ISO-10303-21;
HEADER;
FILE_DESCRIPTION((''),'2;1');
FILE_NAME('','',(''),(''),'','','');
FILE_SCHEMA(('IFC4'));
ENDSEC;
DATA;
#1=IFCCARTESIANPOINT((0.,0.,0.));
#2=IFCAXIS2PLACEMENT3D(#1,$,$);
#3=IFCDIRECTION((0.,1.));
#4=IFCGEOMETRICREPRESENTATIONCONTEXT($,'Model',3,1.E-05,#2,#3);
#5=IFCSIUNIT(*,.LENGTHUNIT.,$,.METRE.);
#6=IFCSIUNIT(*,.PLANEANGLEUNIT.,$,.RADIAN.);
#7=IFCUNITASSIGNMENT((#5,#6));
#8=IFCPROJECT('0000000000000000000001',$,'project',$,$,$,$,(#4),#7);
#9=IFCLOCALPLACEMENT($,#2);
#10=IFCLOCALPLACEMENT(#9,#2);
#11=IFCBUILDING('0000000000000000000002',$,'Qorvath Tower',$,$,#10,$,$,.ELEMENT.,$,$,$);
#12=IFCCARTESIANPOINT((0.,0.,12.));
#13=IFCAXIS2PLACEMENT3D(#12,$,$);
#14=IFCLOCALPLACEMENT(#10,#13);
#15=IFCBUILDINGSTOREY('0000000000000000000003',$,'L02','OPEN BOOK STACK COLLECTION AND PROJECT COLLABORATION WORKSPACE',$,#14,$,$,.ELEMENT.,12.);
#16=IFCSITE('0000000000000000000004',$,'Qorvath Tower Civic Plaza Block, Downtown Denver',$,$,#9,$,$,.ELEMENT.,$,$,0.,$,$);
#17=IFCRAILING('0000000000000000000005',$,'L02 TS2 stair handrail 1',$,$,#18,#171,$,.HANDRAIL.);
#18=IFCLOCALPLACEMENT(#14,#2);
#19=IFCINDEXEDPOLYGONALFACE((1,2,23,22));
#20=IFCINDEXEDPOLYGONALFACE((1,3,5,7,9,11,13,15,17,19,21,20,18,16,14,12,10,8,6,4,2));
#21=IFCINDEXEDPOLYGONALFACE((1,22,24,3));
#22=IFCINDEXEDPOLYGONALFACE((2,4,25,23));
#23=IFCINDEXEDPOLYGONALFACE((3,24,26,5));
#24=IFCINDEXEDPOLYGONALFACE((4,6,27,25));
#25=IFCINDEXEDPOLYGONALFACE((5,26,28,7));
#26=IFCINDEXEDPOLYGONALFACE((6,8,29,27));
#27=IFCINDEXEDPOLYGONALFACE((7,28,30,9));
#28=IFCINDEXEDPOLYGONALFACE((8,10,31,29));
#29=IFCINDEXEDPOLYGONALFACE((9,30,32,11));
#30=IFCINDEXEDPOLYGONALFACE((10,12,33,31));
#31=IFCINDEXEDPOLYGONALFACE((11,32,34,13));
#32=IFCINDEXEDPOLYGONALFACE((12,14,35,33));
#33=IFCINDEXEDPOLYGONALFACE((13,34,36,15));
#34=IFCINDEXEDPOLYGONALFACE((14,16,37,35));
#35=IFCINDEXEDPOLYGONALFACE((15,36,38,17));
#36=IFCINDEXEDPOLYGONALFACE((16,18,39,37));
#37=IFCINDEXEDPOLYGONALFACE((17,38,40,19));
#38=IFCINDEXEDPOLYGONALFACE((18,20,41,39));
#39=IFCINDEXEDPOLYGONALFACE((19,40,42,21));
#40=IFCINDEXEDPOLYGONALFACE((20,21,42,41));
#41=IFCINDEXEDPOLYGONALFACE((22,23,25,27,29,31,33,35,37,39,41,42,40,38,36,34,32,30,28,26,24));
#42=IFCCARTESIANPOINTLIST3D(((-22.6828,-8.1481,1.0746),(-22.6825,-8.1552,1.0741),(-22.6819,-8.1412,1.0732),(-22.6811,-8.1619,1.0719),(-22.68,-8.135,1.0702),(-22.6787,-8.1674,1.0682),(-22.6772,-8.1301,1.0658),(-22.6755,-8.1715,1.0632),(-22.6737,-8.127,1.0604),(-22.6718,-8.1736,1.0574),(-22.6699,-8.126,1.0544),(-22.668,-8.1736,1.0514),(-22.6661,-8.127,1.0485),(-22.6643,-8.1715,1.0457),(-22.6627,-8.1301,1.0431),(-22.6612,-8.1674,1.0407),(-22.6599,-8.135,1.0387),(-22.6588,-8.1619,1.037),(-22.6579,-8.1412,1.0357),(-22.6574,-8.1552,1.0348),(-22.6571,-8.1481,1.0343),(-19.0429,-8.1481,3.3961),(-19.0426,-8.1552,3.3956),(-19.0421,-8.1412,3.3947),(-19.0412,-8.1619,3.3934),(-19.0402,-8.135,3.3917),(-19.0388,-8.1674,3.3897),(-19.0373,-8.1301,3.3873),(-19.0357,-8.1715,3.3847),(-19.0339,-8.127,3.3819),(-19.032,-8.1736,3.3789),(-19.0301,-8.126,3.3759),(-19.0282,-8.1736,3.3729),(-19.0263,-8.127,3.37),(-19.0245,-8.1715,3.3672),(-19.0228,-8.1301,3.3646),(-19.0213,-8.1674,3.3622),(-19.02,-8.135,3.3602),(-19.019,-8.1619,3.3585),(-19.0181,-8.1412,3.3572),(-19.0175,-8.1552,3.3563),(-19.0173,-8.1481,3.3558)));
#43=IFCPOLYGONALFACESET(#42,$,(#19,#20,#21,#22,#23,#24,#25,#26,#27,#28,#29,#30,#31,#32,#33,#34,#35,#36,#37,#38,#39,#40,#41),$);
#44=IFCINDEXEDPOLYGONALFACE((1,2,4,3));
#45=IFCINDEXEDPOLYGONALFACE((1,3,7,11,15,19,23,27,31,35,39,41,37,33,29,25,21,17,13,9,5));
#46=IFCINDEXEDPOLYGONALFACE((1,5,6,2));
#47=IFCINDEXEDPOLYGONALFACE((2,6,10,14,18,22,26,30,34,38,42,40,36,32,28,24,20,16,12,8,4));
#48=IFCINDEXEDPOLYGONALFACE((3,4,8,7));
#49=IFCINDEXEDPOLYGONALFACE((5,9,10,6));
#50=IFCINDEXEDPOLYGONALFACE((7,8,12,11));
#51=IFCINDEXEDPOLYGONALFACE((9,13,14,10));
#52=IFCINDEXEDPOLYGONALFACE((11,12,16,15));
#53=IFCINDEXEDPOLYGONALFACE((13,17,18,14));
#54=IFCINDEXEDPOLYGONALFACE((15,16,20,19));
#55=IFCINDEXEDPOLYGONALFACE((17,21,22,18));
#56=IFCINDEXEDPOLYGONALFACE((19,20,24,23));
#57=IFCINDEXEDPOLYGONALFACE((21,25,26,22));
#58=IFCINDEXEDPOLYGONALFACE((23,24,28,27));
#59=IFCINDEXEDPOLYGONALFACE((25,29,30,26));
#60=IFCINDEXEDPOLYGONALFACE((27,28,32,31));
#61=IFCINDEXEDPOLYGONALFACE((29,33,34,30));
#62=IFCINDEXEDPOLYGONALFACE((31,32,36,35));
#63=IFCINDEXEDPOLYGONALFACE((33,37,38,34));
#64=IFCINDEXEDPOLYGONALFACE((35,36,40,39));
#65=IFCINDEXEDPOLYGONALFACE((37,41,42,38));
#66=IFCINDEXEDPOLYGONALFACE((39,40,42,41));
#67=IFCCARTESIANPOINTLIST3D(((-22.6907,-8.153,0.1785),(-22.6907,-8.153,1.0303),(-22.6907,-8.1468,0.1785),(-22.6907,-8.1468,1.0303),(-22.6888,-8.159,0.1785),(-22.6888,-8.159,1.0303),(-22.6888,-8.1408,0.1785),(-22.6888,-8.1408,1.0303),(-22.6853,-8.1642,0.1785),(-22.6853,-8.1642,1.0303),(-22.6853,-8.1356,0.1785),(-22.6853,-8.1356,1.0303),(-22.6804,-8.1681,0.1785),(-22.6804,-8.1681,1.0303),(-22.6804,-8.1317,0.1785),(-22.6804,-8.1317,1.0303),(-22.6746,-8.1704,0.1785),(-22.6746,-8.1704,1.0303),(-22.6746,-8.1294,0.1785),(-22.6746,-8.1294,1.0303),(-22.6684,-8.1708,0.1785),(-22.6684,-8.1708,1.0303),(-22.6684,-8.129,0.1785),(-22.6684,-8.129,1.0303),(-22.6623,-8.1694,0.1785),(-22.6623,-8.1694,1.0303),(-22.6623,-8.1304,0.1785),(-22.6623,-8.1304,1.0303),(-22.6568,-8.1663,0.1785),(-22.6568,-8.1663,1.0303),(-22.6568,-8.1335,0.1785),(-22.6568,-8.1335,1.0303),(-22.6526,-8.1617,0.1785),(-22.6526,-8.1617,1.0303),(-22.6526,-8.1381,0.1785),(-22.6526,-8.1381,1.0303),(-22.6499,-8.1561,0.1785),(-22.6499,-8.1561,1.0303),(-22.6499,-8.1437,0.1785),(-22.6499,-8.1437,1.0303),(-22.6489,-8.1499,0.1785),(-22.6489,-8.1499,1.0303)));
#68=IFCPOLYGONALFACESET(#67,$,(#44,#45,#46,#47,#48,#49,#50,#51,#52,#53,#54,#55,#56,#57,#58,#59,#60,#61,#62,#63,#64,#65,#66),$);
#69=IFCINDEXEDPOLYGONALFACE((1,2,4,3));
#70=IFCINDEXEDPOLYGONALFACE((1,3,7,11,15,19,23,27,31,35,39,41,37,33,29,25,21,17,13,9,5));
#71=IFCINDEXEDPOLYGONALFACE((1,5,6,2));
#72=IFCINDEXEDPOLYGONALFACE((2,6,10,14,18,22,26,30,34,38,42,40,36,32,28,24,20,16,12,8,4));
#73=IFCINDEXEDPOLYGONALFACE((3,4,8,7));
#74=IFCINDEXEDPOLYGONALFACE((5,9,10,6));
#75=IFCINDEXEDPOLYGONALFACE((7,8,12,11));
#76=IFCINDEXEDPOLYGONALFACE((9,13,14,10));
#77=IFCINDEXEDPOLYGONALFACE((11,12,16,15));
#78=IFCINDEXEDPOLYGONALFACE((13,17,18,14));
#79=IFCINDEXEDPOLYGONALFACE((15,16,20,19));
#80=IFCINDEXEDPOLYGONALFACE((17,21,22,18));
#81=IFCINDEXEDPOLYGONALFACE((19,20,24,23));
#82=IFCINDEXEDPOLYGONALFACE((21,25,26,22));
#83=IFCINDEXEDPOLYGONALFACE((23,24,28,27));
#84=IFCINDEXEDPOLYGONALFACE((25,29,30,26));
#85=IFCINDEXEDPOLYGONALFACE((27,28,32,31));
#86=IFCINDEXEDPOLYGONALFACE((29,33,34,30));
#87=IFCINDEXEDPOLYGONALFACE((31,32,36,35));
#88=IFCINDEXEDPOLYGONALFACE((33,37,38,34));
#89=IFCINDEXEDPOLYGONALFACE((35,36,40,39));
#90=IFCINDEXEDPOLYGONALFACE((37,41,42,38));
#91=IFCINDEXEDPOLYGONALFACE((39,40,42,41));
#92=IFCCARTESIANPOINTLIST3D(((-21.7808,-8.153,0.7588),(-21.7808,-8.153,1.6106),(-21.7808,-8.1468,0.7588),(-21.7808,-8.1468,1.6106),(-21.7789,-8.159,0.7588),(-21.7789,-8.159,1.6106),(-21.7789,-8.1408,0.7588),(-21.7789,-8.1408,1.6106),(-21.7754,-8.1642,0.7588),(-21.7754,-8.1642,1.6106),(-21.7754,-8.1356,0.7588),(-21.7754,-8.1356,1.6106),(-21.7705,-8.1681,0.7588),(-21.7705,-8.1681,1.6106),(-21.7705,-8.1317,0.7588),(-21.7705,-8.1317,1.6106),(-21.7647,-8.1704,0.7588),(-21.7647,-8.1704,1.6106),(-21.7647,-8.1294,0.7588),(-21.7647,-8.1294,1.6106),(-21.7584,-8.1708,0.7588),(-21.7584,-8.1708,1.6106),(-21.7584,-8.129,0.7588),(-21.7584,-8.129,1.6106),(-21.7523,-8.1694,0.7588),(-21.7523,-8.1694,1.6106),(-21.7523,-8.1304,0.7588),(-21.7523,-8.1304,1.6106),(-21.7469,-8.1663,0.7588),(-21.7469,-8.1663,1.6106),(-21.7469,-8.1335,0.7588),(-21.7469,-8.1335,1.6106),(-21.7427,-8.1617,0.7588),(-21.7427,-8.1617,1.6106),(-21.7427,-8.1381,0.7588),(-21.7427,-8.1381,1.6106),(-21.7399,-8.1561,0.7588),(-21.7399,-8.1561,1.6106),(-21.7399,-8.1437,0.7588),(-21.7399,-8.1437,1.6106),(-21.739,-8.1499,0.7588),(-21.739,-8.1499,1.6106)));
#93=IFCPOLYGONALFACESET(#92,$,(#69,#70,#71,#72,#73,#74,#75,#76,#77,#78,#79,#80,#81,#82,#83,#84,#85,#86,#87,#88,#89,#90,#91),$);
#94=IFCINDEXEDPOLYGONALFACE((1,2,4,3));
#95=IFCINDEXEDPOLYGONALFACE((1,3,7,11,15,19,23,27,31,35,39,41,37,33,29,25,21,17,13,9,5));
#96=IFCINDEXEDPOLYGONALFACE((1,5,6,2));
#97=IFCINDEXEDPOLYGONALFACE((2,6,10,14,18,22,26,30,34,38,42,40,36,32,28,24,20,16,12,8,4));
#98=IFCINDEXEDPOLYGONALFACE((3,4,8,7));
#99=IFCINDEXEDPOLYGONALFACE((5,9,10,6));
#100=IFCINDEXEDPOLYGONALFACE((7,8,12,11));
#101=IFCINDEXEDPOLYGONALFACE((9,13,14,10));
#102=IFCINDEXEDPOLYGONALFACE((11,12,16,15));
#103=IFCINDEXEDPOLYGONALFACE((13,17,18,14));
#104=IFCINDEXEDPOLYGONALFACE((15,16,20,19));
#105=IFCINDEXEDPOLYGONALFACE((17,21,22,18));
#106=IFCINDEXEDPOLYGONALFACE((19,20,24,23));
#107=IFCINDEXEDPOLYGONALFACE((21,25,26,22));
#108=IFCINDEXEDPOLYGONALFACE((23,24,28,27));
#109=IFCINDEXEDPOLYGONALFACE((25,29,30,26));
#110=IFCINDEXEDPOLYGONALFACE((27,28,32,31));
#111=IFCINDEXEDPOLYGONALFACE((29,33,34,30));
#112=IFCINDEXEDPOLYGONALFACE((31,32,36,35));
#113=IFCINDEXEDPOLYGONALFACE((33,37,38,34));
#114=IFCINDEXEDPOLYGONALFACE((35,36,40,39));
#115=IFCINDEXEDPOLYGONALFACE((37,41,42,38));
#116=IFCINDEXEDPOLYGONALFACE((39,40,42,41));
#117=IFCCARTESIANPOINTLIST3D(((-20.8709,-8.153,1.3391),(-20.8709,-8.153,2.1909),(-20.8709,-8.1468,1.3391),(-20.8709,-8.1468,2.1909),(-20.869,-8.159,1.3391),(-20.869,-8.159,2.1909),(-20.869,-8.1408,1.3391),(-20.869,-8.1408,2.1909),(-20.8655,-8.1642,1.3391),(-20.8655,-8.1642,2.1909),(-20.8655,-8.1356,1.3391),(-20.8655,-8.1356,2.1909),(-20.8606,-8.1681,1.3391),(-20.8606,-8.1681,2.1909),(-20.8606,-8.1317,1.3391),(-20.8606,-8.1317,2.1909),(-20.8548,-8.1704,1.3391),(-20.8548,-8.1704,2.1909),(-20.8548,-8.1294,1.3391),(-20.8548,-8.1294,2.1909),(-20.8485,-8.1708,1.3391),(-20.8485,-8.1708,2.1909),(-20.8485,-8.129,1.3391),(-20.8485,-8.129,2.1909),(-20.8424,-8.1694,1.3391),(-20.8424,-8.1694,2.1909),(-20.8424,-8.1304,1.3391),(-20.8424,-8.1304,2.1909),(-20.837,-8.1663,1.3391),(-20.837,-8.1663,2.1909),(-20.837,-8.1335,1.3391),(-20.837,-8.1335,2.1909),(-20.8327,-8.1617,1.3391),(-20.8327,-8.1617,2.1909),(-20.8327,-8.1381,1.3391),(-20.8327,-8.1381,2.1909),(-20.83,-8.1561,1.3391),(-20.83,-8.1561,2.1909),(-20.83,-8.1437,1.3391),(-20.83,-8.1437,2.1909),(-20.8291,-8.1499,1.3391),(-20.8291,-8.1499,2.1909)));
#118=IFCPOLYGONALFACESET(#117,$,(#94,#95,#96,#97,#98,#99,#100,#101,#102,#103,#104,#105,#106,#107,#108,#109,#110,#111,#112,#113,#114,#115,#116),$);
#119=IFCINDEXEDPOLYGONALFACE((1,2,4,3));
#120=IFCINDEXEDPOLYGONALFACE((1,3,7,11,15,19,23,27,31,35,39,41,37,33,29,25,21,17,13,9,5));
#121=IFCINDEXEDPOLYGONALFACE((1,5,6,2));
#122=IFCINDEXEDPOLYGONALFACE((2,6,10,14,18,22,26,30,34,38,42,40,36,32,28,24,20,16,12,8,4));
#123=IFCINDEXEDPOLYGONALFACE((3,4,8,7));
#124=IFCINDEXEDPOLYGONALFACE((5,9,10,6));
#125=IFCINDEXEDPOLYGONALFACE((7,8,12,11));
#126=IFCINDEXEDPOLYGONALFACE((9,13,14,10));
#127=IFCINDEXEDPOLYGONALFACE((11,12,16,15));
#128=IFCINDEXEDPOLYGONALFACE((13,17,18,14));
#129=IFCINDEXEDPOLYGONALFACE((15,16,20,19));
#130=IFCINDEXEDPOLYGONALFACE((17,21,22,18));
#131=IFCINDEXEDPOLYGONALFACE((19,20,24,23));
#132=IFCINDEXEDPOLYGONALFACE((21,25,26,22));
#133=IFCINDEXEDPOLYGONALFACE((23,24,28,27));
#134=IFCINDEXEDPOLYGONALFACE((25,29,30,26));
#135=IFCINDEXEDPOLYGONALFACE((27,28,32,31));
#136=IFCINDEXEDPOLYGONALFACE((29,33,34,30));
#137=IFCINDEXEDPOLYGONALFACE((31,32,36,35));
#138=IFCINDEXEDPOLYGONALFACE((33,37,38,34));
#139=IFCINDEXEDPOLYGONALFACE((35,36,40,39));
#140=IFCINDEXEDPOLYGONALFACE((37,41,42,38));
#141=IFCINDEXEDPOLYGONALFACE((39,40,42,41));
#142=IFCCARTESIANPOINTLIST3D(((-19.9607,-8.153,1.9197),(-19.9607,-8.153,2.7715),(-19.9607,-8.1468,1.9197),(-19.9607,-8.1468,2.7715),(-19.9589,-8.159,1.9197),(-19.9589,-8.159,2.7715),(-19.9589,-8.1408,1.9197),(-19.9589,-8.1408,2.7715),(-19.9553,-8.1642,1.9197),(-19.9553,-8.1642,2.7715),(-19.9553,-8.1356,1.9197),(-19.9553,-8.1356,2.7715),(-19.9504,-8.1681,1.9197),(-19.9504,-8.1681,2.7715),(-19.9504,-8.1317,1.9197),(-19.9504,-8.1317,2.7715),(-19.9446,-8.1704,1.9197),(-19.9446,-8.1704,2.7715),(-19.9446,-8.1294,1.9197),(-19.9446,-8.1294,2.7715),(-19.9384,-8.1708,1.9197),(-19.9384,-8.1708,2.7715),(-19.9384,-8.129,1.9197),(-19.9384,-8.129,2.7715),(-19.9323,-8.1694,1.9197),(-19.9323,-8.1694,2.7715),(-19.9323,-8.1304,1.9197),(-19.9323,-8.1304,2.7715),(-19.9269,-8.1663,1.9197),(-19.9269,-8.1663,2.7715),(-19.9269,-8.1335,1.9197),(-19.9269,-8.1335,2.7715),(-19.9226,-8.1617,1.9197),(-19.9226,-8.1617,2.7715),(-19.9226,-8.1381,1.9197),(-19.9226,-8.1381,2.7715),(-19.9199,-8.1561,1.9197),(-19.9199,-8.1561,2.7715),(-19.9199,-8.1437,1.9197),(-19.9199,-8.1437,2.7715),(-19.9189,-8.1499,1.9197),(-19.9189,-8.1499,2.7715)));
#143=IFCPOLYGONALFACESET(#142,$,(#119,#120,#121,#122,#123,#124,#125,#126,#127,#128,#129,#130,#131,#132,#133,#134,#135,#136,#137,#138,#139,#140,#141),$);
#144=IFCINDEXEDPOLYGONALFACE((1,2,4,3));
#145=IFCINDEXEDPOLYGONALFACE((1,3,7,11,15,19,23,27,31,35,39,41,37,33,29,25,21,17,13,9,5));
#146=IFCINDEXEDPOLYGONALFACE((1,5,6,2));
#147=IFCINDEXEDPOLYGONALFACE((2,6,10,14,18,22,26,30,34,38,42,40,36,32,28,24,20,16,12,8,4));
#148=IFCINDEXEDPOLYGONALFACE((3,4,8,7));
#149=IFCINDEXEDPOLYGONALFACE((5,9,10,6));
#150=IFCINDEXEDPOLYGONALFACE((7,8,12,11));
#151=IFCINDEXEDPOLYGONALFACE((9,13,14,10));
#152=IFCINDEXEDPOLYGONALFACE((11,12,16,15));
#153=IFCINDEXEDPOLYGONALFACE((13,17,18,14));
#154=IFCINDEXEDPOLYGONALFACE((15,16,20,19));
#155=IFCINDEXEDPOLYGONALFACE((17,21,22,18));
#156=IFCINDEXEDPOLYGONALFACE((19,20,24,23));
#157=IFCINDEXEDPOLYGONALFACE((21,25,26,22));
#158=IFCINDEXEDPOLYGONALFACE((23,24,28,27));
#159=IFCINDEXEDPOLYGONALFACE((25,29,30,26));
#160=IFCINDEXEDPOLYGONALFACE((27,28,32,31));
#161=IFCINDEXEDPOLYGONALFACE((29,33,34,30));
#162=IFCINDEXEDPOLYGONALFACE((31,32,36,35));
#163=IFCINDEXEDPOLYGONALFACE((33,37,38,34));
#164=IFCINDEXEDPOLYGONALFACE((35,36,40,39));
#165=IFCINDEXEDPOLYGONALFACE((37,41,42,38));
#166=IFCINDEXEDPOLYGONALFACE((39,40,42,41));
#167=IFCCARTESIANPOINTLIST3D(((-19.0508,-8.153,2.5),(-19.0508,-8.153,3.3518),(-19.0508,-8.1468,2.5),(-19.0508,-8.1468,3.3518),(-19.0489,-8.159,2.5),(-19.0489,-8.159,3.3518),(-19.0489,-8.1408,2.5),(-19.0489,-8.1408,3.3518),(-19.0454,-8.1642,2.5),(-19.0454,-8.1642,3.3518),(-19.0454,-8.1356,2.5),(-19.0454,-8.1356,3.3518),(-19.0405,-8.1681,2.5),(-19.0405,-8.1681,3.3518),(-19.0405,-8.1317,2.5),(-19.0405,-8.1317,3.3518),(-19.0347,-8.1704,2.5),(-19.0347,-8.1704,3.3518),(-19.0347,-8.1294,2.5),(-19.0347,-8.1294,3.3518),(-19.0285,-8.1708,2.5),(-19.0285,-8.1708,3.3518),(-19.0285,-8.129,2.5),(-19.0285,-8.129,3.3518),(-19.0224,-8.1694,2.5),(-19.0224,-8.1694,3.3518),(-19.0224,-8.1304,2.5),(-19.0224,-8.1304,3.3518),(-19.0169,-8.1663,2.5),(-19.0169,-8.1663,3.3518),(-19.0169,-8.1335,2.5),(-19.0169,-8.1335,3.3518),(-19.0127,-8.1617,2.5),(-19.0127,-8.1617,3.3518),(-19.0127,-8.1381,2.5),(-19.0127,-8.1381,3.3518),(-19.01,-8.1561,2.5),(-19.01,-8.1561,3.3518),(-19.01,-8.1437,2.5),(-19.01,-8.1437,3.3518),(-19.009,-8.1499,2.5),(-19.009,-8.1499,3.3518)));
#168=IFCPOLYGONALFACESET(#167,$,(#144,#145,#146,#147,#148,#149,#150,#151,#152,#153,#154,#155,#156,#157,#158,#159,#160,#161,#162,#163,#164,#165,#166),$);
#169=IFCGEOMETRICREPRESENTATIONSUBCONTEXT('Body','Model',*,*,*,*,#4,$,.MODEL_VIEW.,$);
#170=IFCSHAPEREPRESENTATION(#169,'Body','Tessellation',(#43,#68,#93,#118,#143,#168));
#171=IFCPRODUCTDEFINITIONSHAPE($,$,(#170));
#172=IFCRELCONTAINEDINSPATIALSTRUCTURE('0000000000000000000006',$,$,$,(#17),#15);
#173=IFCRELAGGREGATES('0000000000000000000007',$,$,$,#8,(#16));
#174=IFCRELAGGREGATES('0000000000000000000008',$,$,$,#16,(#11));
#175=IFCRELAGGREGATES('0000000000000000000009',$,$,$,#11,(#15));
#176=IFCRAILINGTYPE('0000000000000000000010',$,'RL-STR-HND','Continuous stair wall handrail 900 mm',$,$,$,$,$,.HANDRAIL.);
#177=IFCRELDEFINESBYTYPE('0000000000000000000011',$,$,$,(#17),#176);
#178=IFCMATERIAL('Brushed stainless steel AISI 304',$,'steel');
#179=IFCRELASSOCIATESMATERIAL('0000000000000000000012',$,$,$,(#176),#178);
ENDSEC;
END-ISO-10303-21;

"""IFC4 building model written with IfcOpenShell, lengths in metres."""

from ifc_helpers import new_model, si_unit, direction, frame, origin, origin_2d, place, context, subcontext, project, spatial, circle, extrude, material, type_object, element, save


model = new_model("IFC4")

# Units and contexts
model_context = context("Model", 3, precision=1e-05, world=origin(), true_north=direction((0.0, 1.0)))
body_context = subcontext(model_context, "Body", "Model", "MODEL_VIEW")
ifc_project = project(units=[si_unit("LENGTHUNIT", "METRE"), si_unit("PLANEANGLEUNIT", "RADIAN")], contexts=[model_context])

# Site, building, storey
site_placement = place(None, origin())
site = spatial("IfcSite", under=ifc_project, at=site_placement, Name="Qorvath Tower Civic Plaza Block, Downtown Denver", CompositionType="ELEMENT", RefElevation=0.0)
building_placement = place(site_placement, origin())
building = spatial("IfcBuilding", under=site, at=building_placement, Name="Qorvath Tower", CompositionType="ELEMENT")
storey_placement = place(building_placement, frame((0.0, 0.0, 12.0)))
storey = spatial("IfcBuildingStorey", under=building, at=storey_placement, Name="L02", Description="OPEN BOOK STACK COLLECTION AND PROJECT COLLABORATION WORKSPACE", CompositionType="ELEMENT", Elevation=12.0)

# Railing
ifc_material_1 = material(Name="Brushed stainless steel AISI 304", Category="steel")
railing_type_1 = type_object("IfcRailingType", Name="RL-STR-HND", Description="Continuous stair wall handrail 900 mm", PredefinedType="HANDRAIL", material=ifc_material_1)
railing_1_placement = place(storey_placement, frame((-22.6699, -8.1499, 0.1785)))
element("IfcRailing", 1, at=railing_1_placement, inside=storey, type_object=railing_type_1, Name="L02 TS2 stair handrail 1", PredefinedType="HANDRAIL", context=body_context, shape_type="SweptSolid", body=[
    extrude(circle(Radius=0.0239, at=origin_2d()), frame((0.0, 0.0, 0.876), z_axis=(0.843112, 0.0, 0.537739), x_axis=(0.0, 1.0, 0.0)), (0.0, 0.0, 1.0), 4.3171),
    extrude(circle(Radius=0.021, at=origin_2d()), origin(), (0.0, 0.0, 1.0), 0.8518),
    extrude(circle(Radius=0.021, at=origin_2d()), frame((0.9099, 0.0, 0.5803)), (0.0, 0.0, 1.0), 0.8518),
    extrude(circle(Radius=0.021, at=origin_2d()), frame((1.8198, 0.0, 1.1606)), (0.0, 0.0, 1.0), 0.8518),
    extrude(circle(Radius=0.021, at=origin_2d()), frame((2.73, 0.0, 1.7412)), (0.0, 0.0, 1.0), 0.8518),
    extrude(circle(Radius=0.021, at=origin_2d()), frame((3.6399, 0.0, 2.3215)), (0.0, 0.0, 1.0), 0.8518),
])

save(model, "model.ifc")
